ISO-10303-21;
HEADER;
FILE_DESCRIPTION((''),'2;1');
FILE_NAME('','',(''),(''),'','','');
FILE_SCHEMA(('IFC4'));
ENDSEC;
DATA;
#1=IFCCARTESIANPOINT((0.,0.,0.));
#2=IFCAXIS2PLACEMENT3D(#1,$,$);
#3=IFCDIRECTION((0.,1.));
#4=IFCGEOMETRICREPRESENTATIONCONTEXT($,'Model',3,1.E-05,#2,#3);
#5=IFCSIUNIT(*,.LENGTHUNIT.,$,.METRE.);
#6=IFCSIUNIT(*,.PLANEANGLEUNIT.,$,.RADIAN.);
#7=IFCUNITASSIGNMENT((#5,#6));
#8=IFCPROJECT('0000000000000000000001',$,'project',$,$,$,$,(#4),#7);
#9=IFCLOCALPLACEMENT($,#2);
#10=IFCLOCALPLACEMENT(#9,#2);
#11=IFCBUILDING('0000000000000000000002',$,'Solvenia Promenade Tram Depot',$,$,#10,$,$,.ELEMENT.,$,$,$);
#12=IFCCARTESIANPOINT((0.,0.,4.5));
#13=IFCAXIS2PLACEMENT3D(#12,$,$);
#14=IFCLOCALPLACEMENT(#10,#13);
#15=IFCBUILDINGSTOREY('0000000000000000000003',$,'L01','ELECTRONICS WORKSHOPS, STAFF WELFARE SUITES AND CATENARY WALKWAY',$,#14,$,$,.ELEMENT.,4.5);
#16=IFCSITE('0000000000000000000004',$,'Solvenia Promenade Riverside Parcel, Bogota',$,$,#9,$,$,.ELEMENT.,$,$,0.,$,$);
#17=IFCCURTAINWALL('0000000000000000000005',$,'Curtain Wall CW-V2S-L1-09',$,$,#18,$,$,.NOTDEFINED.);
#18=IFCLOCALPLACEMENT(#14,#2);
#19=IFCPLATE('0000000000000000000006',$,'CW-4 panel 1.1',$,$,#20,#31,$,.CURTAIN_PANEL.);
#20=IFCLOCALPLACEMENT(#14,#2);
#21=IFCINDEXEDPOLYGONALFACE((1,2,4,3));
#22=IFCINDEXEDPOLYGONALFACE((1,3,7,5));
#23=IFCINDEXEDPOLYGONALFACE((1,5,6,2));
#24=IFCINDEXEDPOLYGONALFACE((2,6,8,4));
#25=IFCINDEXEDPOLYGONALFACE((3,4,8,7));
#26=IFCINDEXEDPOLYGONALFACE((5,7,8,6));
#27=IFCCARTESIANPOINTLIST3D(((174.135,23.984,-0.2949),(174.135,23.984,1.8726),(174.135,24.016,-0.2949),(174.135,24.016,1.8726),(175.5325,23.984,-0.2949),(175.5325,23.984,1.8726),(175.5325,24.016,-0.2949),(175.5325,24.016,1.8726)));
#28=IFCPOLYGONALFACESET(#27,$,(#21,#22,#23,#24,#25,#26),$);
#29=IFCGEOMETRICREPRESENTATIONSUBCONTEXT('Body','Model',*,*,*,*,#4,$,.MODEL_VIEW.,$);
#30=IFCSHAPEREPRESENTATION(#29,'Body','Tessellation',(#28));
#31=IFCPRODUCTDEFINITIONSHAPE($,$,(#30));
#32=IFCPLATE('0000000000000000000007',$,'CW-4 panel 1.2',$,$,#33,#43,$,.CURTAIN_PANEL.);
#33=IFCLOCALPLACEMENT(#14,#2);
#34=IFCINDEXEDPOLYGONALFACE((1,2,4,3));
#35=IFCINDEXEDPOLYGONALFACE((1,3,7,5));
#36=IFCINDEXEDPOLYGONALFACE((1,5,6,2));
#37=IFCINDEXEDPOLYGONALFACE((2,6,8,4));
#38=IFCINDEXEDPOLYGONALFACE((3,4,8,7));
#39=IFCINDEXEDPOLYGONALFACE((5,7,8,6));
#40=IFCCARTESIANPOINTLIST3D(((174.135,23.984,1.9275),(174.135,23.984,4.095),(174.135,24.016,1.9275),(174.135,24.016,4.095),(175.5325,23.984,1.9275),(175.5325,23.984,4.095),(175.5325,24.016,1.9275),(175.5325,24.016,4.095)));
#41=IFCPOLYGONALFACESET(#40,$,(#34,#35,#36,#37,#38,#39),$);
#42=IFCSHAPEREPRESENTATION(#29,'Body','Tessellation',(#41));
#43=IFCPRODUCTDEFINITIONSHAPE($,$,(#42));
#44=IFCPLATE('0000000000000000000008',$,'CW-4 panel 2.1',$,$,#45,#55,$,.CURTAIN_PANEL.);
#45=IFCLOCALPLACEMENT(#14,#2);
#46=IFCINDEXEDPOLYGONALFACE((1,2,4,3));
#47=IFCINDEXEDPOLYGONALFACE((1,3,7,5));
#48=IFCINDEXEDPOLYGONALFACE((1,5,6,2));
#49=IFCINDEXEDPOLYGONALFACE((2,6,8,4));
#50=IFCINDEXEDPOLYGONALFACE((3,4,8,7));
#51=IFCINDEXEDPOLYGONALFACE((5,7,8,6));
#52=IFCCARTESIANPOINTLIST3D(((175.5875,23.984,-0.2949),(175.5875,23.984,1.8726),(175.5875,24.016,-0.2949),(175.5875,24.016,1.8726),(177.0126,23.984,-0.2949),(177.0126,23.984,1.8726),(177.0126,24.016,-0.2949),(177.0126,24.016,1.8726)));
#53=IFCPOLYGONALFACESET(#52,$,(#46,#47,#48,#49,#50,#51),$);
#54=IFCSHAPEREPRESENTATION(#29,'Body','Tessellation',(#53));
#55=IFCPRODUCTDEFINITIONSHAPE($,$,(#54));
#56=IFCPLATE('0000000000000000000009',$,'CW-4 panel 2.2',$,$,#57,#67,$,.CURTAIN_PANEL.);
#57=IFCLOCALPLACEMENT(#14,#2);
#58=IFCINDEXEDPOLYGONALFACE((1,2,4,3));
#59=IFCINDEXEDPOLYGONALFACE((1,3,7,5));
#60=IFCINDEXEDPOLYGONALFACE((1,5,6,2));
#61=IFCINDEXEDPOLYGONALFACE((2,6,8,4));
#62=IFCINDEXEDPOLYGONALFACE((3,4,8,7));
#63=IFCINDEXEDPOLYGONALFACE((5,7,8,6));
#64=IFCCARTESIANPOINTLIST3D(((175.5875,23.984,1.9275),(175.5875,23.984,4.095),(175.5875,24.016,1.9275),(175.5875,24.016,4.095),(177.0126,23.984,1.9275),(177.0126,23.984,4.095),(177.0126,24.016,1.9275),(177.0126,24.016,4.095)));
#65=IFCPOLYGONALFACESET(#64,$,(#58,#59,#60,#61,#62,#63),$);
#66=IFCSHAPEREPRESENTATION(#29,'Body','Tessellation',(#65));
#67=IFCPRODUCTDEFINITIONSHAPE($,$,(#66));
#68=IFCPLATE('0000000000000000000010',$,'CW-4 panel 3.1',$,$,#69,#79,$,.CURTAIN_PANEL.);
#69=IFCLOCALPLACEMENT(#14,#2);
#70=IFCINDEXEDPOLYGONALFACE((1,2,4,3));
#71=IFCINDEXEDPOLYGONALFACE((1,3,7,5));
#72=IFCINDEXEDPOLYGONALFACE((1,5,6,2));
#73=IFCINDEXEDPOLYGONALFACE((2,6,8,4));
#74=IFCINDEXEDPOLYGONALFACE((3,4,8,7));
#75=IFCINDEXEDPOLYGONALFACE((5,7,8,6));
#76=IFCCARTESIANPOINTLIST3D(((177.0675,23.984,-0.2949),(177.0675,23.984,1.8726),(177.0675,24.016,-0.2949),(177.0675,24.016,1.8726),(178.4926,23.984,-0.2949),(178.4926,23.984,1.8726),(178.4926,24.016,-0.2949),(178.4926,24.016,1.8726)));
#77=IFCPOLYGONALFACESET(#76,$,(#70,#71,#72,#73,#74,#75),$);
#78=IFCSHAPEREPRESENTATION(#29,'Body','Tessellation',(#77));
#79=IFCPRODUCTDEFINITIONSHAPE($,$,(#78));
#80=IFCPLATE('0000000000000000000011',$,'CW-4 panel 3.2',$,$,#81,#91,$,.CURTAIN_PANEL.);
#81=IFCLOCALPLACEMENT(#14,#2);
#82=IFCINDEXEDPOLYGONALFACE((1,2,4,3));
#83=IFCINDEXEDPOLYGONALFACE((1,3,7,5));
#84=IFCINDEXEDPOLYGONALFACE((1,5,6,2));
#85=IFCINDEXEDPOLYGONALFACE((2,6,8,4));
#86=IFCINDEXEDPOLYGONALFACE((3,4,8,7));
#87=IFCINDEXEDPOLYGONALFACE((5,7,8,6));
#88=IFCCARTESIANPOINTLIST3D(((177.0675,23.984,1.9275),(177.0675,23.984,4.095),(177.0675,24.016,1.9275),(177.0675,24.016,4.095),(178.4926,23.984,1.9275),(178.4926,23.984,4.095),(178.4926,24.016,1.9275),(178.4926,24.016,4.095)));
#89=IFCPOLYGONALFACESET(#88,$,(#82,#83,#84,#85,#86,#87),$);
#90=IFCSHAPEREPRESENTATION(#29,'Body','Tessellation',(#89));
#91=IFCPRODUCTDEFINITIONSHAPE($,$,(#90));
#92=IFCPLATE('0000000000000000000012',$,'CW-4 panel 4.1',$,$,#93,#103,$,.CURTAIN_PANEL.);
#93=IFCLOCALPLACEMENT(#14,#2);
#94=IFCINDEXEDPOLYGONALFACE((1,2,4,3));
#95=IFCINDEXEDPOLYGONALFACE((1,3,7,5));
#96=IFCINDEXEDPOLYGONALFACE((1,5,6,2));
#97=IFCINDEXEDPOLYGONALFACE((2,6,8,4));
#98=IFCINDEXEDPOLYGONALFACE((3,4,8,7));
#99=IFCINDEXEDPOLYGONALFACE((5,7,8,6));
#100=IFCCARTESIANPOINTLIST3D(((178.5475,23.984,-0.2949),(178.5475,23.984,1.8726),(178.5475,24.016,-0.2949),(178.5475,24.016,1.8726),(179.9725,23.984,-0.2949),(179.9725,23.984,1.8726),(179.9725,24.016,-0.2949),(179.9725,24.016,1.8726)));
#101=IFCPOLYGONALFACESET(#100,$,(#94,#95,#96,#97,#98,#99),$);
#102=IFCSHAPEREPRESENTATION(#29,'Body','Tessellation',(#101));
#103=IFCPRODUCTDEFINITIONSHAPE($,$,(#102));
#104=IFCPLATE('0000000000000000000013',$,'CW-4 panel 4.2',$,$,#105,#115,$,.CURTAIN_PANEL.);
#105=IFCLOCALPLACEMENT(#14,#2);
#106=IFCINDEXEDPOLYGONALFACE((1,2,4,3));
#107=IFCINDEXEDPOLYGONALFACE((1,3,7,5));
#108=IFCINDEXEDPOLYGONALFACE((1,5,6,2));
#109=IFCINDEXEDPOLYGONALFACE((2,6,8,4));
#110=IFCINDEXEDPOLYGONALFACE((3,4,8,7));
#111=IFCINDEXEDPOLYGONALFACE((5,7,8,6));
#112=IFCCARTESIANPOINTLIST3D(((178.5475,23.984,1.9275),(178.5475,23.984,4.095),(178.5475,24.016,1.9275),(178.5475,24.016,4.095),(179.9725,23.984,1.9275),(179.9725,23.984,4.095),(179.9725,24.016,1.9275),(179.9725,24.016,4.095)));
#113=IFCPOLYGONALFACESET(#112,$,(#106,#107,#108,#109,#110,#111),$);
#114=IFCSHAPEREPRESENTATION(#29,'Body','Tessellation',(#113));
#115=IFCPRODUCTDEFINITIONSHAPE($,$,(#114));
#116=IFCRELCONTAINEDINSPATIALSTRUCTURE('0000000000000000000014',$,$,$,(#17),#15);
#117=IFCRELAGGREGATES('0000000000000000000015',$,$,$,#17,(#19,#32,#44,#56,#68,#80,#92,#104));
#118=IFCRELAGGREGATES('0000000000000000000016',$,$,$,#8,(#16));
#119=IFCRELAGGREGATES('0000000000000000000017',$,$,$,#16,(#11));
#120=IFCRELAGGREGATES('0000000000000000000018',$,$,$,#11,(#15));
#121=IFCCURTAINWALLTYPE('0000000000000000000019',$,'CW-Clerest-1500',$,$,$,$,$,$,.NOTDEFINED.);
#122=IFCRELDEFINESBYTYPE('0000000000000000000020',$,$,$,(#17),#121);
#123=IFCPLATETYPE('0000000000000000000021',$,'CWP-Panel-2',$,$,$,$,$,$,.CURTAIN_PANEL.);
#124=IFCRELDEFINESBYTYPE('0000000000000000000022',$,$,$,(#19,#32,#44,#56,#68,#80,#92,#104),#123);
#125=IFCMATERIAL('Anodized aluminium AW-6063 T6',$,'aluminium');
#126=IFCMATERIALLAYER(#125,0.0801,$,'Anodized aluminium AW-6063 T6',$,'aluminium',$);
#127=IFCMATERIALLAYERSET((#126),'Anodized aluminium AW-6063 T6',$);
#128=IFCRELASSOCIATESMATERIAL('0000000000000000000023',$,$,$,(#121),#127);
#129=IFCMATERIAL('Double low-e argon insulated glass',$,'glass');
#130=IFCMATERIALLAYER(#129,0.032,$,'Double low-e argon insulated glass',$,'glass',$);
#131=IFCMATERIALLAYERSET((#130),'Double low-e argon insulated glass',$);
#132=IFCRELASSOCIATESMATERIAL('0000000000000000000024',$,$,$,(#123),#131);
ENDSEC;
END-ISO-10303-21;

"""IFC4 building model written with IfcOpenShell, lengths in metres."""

from ifc_helpers import new_model, si_unit, direction, frame, origin, origin_2d, place, context, subcontext, project, spatial, rectangle, extrude, material, layer, layer_set, type_object, element, aggregate, save


model = new_model("IFC4")

# Units and contexts
model_context = context("Model", 3, precision=1e-05, world=origin(), true_north=direction((0.0, 1.0)))
body_context = subcontext(model_context, "Body", "Model", "MODEL_VIEW")
ifc_project = project(units=[si_unit("LENGTHUNIT", "METRE"), si_unit("PLANEANGLEUNIT", "RADIAN")], contexts=[model_context])

# Site, building, storey
site_placement = place(None, origin())
site = spatial("IfcSite", under=ifc_project, at=site_placement, Name="Solvenia Promenade Riverside Parcel, Bogota", CompositionType="ELEMENT", RefElevation=0.0)
building_placement = place(site_placement, origin())
building = spatial("IfcBuilding", under=site, at=building_placement, Name="Solvenia Promenade Tram Depot", CompositionType="ELEMENT")
storey_placement = place(building_placement, frame((0.0, 0.0, 4.5)))
storey = spatial("IfcBuildingStorey", under=building, at=storey_placement, Name="L01", Description="ELECTRONICS WORKSHOPS, STAFF WELFARE SUITES AND CATENARY WALKWAY", CompositionType="ELEMENT", Elevation=4.5)

# Curtain wall
ifc_material_1 = material(Name="Anodized aluminium AW-6063 T6", Category="aluminium")
ifc_layer_1 = layer(ifc_material_1, 0.0801, Name="Anodized aluminium AW-6063 T6", Category="aluminium")
ifc_layer_set_1 = layer_set([ifc_layer_1], Name="Anodized aluminium AW-6063 T6")
curtain_wall_type = type_object("IfcCurtainWallType", Name="CW-Clerest-1500", PredefinedType="NOTDEFINED", material=ifc_layer_set_1)
curtain_wall_placement = place(storey_placement, origin())
curtain_wall = element("IfcCurtainWall", 1, at=curtain_wall_placement, inside=storey, type_object=curtain_wall_type, Name="Curtain Wall CW-V2S-L1-09", PredefinedType="NOTDEFINED")

# Plates
ifc_material_2 = material(Name="Double low-e argon insulated glass", Category="glass")
ifc_layer_2 = layer(ifc_material_2, 0.032, Name="Double low-e argon insulated glass", Category="glass")
ifc_layer_set_2 = layer_set([ifc_layer_2], Name="Double low-e argon insulated glass")
plate_type = type_object("IfcPlateType", Name="CWP-Panel-2", PredefinedType="CURTAIN_PANEL", material=ifc_layer_set_2)
plate_1_placement = place(storey_placement, frame((174.8337, 24.0, -0.2949), z_axis=(0.0, 0.0, 1.0), x_axis=(1.0, 0.0, 0.0)))
plate_1 = element("IfcPlate", 2, at=plate_1_placement, type_object=plate_type, Name="CW-4 panel 1.1", PredefinedType="CURTAIN_PANEL", context=body_context, shape_type="SweptSolid", body=[
    extrude(rectangle(XDim=1.3975, YDim=0.032, at=origin_2d()), origin(), (0.0, 0.0, 1.0), 2.1675),
])
plate_2_placement = place(storey_placement, frame((174.8337, 24.0, 1.9275), z_axis=(0.0, 0.0, 1.0), x_axis=(1.0, 0.0, 0.0)))
plate_2 = element("IfcPlate", 3, at=plate_2_placement, type_object=plate_type, Name="CW-4 panel 1.2", PredefinedType="CURTAIN_PANEL", context=body_context, shape_type="SweptSolid", body=[
    extrude(rectangle(XDim=1.3975, YDim=0.032, at=origin_2d()), origin(), (0.0, 0.0, 1.0), 2.1675),
])
plate_3_placement = place(storey_placement, frame((176.3, 24.0, -0.2949), z_axis=(0.0, 0.0, 1.0), x_axis=(1.0, 0.0, 0.0)))
plate_3 = element("IfcPlate", 4, at=plate_3_placement, type_object=plate_type, Name="CW-4 panel 2.1", PredefinedType="CURTAIN_PANEL", context=body_context, shape_type="SweptSolid", body=[
    extrude(rectangle(XDim=1.425, YDim=0.032, at=origin_2d()), origin(), (0.0, 0.0, 1.0), 2.1675),
])
plate_4_placement = place(storey_placement, frame((176.3, 24.0, 1.9275), z_axis=(0.0, 0.0, 1.0), x_axis=(1.0, 0.0, 0.0)))
plate_4 = element("IfcPlate", 5, at=plate_4_placement, type_object=plate_type, Name="CW-4 panel 2.2", PredefinedType="CURTAIN_PANEL", context=body_context, shape_type="SweptSolid", body=[
    extrude(rectangle(XDim=1.425, YDim=0.032, at=origin_2d()), origin(), (0.0, 0.0, 1.0), 2.1675),
])
plate_5_placement = place(storey_placement, frame((177.78, 24.0, -0.2949), z_axis=(0.0, 0.0, 1.0), x_axis=(1.0, 0.0, 0.0)))
plate_5 = element("IfcPlate", 6, at=plate_5_placement, type_object=plate_type, Name="CW-4 panel 3.1", PredefinedType="CURTAIN_PANEL", context=body_context, shape_type="SweptSolid", body=[
    extrude(rectangle(XDim=1.425, YDim=0.032, at=origin_2d()), origin(), (0.0, 0.0, 1.0), 2.1675),
])
plate_6_placement = place(storey_placement, frame((177.78, 24.0, 1.9275), z_axis=(0.0, 0.0, 1.0), x_axis=(1.0, 0.0, 0.0)))
plate_6 = element("IfcPlate", 7, at=plate_6_placement, type_object=plate_type, Name="CW-4 panel 3.2", PredefinedType="CURTAIN_PANEL", context=body_context, shape_type="SweptSolid", body=[
    extrude(rectangle(XDim=1.425, YDim=0.032, at=origin_2d()), origin(), (0.0, 0.0, 1.0), 2.1675),
])
plate_7_placement = place(storey_placement, frame((179.26, 24.0, -0.2949), z_axis=(0.0, 0.0, 1.0), x_axis=(1.0, 0.0, 0.0)))
plate_7 = element("IfcPlate", 8, at=plate_7_placement, type_object=plate_type, Name="CW-4 panel 4.1", PredefinedType="CURTAIN_PANEL", context=body_context, shape_type="SweptSolid", body=[
    extrude(rectangle(XDim=1.425, YDim=0.032, at=origin_2d()), origin(), (0.0, 0.0, 1.0), 2.1675),
])
plate_8_placement = place(storey_placement, frame((179.26, 24.0, 1.9275), z_axis=(0.0, 0.0, 1.0), x_axis=(1.0, 0.0, 0.0)))
plate_8 = element("IfcPlate", 9, at=plate_8_placement, type_object=plate_type, Name="CW-4 panel 4.2", PredefinedType="CURTAIN_PANEL", context=body_context, shape_type="SweptSolid", body=[
    extrude(rectangle(XDim=1.425, YDim=0.032, at=origin_2d()), origin(), (0.0, 0.0, 1.0), 2.1675),
])
aggregate(curtain_wall, [plate_1, plate_2, plate_3, plate_4, plate_5, plate_6, plate_7, plate_8])

save(model, "model.ifc")
